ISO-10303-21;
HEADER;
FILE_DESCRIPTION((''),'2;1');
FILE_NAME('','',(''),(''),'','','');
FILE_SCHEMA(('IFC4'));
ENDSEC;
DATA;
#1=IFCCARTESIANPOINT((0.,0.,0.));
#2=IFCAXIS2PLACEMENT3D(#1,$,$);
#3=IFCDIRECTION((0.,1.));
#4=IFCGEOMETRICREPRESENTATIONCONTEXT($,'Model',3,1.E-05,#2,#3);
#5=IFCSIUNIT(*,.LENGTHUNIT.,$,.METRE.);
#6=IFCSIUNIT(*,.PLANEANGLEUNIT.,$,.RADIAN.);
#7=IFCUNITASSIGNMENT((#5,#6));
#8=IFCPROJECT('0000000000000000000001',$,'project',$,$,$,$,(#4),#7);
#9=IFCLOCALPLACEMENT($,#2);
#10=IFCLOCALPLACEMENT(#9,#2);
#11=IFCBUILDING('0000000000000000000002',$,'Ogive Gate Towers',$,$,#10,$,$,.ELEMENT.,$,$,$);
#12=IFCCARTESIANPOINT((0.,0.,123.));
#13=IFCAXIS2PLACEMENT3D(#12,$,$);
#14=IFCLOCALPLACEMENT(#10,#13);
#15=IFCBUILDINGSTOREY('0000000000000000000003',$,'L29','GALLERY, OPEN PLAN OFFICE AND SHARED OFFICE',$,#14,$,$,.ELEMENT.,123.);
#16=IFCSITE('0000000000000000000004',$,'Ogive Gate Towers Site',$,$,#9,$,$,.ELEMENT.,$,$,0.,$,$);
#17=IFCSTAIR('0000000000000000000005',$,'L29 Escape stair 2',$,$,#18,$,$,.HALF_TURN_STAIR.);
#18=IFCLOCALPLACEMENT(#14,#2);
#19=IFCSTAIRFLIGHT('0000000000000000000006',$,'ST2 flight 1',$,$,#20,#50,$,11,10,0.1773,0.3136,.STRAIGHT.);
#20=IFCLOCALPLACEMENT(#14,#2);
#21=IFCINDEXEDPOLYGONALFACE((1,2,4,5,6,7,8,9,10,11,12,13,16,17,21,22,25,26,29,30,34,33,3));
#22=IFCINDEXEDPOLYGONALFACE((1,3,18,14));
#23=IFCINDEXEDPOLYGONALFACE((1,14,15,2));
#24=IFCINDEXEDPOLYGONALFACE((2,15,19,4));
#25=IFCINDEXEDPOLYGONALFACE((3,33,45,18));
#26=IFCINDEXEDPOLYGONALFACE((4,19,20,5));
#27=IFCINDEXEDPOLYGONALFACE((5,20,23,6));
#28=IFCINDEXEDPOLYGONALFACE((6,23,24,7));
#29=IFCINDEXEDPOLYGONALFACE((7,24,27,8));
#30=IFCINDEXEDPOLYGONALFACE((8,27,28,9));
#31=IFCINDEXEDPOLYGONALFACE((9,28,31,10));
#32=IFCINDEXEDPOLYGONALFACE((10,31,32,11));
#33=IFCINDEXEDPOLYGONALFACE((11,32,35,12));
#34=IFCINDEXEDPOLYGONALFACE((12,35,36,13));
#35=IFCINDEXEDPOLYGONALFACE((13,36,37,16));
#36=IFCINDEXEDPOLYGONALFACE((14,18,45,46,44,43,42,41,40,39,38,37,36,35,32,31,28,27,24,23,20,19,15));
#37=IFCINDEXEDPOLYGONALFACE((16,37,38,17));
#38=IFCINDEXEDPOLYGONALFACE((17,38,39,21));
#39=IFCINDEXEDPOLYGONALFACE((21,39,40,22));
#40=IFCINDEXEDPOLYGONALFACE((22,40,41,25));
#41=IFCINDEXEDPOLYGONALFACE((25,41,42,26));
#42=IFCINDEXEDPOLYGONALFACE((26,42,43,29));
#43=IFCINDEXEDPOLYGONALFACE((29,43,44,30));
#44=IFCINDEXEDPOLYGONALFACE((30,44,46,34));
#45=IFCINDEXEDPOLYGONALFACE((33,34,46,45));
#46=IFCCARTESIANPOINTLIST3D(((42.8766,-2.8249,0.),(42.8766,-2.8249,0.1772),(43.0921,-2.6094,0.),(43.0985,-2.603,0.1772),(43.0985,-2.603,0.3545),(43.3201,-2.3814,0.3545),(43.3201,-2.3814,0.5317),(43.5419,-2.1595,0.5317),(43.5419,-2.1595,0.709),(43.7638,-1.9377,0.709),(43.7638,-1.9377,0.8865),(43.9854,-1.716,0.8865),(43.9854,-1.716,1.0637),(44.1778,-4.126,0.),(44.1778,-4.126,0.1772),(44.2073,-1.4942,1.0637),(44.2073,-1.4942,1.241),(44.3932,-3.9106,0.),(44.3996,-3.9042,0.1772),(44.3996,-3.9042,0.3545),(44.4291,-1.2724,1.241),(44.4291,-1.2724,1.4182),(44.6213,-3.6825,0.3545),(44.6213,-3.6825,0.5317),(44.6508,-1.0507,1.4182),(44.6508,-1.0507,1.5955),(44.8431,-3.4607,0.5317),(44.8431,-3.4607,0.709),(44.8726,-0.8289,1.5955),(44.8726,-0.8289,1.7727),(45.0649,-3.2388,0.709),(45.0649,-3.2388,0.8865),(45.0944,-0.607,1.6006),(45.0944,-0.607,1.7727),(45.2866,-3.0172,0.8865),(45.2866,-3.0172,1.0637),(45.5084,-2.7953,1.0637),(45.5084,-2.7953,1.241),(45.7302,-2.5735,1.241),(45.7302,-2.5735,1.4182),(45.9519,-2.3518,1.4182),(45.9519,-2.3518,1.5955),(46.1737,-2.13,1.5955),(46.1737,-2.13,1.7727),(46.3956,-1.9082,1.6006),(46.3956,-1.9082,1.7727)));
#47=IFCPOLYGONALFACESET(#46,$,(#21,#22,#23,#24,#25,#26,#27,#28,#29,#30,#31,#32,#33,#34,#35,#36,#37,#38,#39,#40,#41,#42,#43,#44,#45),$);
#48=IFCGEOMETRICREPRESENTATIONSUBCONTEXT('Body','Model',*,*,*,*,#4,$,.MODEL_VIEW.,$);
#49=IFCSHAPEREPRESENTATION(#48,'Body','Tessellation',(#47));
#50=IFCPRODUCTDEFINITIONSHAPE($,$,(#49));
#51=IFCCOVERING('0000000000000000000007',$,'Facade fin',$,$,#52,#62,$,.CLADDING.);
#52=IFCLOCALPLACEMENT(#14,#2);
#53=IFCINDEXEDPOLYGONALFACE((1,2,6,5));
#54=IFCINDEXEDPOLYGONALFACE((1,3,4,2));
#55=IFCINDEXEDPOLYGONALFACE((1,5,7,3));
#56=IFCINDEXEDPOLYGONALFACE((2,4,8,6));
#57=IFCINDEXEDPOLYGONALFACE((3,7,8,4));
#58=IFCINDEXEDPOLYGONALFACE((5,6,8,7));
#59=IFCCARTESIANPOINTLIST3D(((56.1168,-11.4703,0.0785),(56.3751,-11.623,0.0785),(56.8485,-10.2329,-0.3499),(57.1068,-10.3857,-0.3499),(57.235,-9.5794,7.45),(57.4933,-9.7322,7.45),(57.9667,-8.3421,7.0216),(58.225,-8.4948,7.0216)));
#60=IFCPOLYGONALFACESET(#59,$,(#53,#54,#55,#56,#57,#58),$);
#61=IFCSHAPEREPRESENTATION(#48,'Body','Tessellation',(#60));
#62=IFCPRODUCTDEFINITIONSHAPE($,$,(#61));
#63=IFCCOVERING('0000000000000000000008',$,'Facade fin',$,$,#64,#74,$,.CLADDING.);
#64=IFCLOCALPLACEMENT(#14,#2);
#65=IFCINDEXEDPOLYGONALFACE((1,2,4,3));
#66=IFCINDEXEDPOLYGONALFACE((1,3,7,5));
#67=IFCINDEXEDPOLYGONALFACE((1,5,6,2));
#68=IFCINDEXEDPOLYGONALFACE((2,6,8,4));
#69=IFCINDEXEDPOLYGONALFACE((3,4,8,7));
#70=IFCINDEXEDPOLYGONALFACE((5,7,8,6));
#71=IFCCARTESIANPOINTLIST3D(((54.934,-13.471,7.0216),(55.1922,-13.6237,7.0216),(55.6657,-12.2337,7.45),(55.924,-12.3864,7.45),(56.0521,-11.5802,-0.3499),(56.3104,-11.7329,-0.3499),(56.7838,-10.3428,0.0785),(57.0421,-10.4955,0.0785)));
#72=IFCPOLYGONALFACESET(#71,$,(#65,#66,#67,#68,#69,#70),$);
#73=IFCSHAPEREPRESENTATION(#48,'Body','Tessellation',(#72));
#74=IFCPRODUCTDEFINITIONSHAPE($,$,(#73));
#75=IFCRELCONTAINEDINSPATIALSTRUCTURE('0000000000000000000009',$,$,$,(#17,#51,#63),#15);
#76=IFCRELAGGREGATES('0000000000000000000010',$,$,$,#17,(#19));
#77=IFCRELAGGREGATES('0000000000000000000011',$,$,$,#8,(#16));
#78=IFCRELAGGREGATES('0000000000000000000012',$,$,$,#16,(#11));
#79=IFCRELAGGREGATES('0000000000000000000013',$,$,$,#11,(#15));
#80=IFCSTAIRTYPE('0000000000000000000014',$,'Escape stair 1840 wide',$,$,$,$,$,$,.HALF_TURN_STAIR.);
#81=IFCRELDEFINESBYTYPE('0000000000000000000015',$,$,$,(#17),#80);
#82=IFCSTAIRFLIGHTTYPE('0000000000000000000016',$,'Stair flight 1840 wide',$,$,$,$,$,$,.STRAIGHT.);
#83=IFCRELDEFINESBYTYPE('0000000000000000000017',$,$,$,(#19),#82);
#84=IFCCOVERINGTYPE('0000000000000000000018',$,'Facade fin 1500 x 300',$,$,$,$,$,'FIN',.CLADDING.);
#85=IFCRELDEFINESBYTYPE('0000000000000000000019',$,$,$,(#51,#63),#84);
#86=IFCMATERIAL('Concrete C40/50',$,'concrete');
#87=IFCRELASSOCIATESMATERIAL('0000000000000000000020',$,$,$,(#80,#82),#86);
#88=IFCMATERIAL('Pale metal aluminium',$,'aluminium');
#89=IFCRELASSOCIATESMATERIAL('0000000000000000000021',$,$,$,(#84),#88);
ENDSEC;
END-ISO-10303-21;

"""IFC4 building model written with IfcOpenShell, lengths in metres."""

from ifc_helpers import new_model, si_unit, direction, frame, origin, origin_2d, place, context, subcontext, project, spatial, polyline, rectangle, outline, extrude, material, material_profile, profile_set, type_object, element, aggregate, save


model = new_model("IFC4")

# Units and contexts
model_context = context("Model", 3, precision=1e-05, world=origin(), true_north=direction((0.0, 1.0)))
body_context = subcontext(model_context, "Body", "Model", "MODEL_VIEW")
ifc_project = project(units=[si_unit("LENGTHUNIT", "METRE"), si_unit("PLANEANGLEUNIT", "RADIAN")], contexts=[model_context])

# Site, building, storey
site_placement = place(None, origin())
site = spatial("IfcSite", under=ifc_project, at=site_placement, Name="Ogive Gate Towers Site", CompositionType="ELEMENT", RefElevation=0.0)
building_placement = place(site_placement, origin())
building = spatial("IfcBuilding", under=site, at=building_placement, Name="Ogive Gate Towers", CompositionType="ELEMENT")
storey_placement = place(building_placement, frame((0.0, 0.0, 123.0)))
storey = spatial("IfcBuildingStorey", under=building, at=storey_placement, Name="L29", Description="GALLERY, OPEN PLAN OFFICE AND SHARED OFFICE", CompositionType="ELEMENT", Elevation=123.0)

# Shared definitions
ifc_material_1 = material(Name="Pale metal aluminium", Category="aluminium")

# Stair, stair flight
ifc_material_2 = material(Name="Concrete C40/50", Category="concrete")
stair_type = type_object("IfcStairType", Name="Escape stair 1840 wide", PredefinedType="HALF_TURN_STAIR", material=ifc_material_2)
stair_placement = place(storey_placement, origin())
stair = element("IfcStair", 1, at=stair_placement, inside=storey, type_object=stair_type, Name="L29 Escape stair 2", PredefinedType="HALF_TURN_STAIR")
stair_flight_type = type_object("IfcStairFlightType", Name="Stair flight 1840 wide", PredefinedType="STRAIGHT", material=ifc_material_2)
stair_flight_placement = place(storey_placement, frame((43.5271, -3.4753, 0.0), z_axis=(0.0, 0.0, 1.0), x_axis=(0.707107, 0.707107, 0.0)))
stair_flight = element("IfcStairFlight", 2, at=stair_flight_placement, type_object=stair_flight_type, Name="ST2 flight 1", NumberOfRisers=11, NumberOfTreads=10, PredefinedType="STRAIGHT", RiserHeight=0.1773, TreadLength=0.3136, context=body_context, shape_type="SweptSolid", body=[
    extrude(outline(polyline([(0.0, 0.0), (0.0, 0.1772), (0.3137, 0.1772), (0.3137, 0.3545), (0.6272, 0.3545), (0.6272, 0.5317), (0.9409, 0.5317), (0.9409, 0.709), (1.2546, 0.709), (1.2546, 0.8865), (1.5681, 0.8865), (1.5681, 1.0637), (1.8818, 1.0637), (1.8818, 1.241), (2.1956, 1.241), (2.1956, 1.4182), (2.509, 1.4182), (2.509, 1.5955), (2.8228, 1.5955), (2.8228, 1.7727), (3.1365, 1.7727), (3.1365, 1.95), (3.1365, 1.6006), (0.3047, 0.0), (0.0, 0.0)])), frame((0.0, 0.9199, 0.0), z_axis=(0.0, -1.0, 0.0), x_axis=(1.0, 0.0, 0.0)), (0.0, 0.0, 1.0), 1.8401),
])
aggregate(stair, [stair_flight])

# Coverings
ifc_material_profile_1 = material_profile(ifc_material_1, rectangle(XDim=0.3, YDim=1.5, at=origin_2d()), Name="1500 x 300 pale metal aluminium")
ifc_profile_set_1 = profile_set([ifc_material_profile_1], Name="Pale metal aluminium")
covering_type = type_object("IfcCoveringType", Name="Facade fin 1500 x 300", ElementType="FIN", PredefinedType="CLADDING", material=ifc_profile_set_1)
for number, where, z_axis, x_axis, name in (
    (3, (56.6118, -10.928, -0.1357), (0.145368, 0.245825, 0.958352), (-0.860761, 0.50901, 0.0), "Facade fin"),
    (4, (56.5471, -11.0378, -0.1357), (-0.145368, -0.245825, 0.958352), (0.860761, -0.50901, 0.0), "Facade fin"),
):
    element("IfcCovering", number, at=place(storey_placement, frame(where, z_axis=z_axis, x_axis=x_axis)), inside=storey, type_object=covering_type, Name=name, PredefinedType="CLADDING", context=body_context, shape_type="SweptSolid", body=[
        extrude(rectangle(XDim=0.3, YDim=1.5, at=origin_2d()), origin(), (0.0, 0.0, 1.0), 7.6919),
    ])

save(model, "model.ifc")
